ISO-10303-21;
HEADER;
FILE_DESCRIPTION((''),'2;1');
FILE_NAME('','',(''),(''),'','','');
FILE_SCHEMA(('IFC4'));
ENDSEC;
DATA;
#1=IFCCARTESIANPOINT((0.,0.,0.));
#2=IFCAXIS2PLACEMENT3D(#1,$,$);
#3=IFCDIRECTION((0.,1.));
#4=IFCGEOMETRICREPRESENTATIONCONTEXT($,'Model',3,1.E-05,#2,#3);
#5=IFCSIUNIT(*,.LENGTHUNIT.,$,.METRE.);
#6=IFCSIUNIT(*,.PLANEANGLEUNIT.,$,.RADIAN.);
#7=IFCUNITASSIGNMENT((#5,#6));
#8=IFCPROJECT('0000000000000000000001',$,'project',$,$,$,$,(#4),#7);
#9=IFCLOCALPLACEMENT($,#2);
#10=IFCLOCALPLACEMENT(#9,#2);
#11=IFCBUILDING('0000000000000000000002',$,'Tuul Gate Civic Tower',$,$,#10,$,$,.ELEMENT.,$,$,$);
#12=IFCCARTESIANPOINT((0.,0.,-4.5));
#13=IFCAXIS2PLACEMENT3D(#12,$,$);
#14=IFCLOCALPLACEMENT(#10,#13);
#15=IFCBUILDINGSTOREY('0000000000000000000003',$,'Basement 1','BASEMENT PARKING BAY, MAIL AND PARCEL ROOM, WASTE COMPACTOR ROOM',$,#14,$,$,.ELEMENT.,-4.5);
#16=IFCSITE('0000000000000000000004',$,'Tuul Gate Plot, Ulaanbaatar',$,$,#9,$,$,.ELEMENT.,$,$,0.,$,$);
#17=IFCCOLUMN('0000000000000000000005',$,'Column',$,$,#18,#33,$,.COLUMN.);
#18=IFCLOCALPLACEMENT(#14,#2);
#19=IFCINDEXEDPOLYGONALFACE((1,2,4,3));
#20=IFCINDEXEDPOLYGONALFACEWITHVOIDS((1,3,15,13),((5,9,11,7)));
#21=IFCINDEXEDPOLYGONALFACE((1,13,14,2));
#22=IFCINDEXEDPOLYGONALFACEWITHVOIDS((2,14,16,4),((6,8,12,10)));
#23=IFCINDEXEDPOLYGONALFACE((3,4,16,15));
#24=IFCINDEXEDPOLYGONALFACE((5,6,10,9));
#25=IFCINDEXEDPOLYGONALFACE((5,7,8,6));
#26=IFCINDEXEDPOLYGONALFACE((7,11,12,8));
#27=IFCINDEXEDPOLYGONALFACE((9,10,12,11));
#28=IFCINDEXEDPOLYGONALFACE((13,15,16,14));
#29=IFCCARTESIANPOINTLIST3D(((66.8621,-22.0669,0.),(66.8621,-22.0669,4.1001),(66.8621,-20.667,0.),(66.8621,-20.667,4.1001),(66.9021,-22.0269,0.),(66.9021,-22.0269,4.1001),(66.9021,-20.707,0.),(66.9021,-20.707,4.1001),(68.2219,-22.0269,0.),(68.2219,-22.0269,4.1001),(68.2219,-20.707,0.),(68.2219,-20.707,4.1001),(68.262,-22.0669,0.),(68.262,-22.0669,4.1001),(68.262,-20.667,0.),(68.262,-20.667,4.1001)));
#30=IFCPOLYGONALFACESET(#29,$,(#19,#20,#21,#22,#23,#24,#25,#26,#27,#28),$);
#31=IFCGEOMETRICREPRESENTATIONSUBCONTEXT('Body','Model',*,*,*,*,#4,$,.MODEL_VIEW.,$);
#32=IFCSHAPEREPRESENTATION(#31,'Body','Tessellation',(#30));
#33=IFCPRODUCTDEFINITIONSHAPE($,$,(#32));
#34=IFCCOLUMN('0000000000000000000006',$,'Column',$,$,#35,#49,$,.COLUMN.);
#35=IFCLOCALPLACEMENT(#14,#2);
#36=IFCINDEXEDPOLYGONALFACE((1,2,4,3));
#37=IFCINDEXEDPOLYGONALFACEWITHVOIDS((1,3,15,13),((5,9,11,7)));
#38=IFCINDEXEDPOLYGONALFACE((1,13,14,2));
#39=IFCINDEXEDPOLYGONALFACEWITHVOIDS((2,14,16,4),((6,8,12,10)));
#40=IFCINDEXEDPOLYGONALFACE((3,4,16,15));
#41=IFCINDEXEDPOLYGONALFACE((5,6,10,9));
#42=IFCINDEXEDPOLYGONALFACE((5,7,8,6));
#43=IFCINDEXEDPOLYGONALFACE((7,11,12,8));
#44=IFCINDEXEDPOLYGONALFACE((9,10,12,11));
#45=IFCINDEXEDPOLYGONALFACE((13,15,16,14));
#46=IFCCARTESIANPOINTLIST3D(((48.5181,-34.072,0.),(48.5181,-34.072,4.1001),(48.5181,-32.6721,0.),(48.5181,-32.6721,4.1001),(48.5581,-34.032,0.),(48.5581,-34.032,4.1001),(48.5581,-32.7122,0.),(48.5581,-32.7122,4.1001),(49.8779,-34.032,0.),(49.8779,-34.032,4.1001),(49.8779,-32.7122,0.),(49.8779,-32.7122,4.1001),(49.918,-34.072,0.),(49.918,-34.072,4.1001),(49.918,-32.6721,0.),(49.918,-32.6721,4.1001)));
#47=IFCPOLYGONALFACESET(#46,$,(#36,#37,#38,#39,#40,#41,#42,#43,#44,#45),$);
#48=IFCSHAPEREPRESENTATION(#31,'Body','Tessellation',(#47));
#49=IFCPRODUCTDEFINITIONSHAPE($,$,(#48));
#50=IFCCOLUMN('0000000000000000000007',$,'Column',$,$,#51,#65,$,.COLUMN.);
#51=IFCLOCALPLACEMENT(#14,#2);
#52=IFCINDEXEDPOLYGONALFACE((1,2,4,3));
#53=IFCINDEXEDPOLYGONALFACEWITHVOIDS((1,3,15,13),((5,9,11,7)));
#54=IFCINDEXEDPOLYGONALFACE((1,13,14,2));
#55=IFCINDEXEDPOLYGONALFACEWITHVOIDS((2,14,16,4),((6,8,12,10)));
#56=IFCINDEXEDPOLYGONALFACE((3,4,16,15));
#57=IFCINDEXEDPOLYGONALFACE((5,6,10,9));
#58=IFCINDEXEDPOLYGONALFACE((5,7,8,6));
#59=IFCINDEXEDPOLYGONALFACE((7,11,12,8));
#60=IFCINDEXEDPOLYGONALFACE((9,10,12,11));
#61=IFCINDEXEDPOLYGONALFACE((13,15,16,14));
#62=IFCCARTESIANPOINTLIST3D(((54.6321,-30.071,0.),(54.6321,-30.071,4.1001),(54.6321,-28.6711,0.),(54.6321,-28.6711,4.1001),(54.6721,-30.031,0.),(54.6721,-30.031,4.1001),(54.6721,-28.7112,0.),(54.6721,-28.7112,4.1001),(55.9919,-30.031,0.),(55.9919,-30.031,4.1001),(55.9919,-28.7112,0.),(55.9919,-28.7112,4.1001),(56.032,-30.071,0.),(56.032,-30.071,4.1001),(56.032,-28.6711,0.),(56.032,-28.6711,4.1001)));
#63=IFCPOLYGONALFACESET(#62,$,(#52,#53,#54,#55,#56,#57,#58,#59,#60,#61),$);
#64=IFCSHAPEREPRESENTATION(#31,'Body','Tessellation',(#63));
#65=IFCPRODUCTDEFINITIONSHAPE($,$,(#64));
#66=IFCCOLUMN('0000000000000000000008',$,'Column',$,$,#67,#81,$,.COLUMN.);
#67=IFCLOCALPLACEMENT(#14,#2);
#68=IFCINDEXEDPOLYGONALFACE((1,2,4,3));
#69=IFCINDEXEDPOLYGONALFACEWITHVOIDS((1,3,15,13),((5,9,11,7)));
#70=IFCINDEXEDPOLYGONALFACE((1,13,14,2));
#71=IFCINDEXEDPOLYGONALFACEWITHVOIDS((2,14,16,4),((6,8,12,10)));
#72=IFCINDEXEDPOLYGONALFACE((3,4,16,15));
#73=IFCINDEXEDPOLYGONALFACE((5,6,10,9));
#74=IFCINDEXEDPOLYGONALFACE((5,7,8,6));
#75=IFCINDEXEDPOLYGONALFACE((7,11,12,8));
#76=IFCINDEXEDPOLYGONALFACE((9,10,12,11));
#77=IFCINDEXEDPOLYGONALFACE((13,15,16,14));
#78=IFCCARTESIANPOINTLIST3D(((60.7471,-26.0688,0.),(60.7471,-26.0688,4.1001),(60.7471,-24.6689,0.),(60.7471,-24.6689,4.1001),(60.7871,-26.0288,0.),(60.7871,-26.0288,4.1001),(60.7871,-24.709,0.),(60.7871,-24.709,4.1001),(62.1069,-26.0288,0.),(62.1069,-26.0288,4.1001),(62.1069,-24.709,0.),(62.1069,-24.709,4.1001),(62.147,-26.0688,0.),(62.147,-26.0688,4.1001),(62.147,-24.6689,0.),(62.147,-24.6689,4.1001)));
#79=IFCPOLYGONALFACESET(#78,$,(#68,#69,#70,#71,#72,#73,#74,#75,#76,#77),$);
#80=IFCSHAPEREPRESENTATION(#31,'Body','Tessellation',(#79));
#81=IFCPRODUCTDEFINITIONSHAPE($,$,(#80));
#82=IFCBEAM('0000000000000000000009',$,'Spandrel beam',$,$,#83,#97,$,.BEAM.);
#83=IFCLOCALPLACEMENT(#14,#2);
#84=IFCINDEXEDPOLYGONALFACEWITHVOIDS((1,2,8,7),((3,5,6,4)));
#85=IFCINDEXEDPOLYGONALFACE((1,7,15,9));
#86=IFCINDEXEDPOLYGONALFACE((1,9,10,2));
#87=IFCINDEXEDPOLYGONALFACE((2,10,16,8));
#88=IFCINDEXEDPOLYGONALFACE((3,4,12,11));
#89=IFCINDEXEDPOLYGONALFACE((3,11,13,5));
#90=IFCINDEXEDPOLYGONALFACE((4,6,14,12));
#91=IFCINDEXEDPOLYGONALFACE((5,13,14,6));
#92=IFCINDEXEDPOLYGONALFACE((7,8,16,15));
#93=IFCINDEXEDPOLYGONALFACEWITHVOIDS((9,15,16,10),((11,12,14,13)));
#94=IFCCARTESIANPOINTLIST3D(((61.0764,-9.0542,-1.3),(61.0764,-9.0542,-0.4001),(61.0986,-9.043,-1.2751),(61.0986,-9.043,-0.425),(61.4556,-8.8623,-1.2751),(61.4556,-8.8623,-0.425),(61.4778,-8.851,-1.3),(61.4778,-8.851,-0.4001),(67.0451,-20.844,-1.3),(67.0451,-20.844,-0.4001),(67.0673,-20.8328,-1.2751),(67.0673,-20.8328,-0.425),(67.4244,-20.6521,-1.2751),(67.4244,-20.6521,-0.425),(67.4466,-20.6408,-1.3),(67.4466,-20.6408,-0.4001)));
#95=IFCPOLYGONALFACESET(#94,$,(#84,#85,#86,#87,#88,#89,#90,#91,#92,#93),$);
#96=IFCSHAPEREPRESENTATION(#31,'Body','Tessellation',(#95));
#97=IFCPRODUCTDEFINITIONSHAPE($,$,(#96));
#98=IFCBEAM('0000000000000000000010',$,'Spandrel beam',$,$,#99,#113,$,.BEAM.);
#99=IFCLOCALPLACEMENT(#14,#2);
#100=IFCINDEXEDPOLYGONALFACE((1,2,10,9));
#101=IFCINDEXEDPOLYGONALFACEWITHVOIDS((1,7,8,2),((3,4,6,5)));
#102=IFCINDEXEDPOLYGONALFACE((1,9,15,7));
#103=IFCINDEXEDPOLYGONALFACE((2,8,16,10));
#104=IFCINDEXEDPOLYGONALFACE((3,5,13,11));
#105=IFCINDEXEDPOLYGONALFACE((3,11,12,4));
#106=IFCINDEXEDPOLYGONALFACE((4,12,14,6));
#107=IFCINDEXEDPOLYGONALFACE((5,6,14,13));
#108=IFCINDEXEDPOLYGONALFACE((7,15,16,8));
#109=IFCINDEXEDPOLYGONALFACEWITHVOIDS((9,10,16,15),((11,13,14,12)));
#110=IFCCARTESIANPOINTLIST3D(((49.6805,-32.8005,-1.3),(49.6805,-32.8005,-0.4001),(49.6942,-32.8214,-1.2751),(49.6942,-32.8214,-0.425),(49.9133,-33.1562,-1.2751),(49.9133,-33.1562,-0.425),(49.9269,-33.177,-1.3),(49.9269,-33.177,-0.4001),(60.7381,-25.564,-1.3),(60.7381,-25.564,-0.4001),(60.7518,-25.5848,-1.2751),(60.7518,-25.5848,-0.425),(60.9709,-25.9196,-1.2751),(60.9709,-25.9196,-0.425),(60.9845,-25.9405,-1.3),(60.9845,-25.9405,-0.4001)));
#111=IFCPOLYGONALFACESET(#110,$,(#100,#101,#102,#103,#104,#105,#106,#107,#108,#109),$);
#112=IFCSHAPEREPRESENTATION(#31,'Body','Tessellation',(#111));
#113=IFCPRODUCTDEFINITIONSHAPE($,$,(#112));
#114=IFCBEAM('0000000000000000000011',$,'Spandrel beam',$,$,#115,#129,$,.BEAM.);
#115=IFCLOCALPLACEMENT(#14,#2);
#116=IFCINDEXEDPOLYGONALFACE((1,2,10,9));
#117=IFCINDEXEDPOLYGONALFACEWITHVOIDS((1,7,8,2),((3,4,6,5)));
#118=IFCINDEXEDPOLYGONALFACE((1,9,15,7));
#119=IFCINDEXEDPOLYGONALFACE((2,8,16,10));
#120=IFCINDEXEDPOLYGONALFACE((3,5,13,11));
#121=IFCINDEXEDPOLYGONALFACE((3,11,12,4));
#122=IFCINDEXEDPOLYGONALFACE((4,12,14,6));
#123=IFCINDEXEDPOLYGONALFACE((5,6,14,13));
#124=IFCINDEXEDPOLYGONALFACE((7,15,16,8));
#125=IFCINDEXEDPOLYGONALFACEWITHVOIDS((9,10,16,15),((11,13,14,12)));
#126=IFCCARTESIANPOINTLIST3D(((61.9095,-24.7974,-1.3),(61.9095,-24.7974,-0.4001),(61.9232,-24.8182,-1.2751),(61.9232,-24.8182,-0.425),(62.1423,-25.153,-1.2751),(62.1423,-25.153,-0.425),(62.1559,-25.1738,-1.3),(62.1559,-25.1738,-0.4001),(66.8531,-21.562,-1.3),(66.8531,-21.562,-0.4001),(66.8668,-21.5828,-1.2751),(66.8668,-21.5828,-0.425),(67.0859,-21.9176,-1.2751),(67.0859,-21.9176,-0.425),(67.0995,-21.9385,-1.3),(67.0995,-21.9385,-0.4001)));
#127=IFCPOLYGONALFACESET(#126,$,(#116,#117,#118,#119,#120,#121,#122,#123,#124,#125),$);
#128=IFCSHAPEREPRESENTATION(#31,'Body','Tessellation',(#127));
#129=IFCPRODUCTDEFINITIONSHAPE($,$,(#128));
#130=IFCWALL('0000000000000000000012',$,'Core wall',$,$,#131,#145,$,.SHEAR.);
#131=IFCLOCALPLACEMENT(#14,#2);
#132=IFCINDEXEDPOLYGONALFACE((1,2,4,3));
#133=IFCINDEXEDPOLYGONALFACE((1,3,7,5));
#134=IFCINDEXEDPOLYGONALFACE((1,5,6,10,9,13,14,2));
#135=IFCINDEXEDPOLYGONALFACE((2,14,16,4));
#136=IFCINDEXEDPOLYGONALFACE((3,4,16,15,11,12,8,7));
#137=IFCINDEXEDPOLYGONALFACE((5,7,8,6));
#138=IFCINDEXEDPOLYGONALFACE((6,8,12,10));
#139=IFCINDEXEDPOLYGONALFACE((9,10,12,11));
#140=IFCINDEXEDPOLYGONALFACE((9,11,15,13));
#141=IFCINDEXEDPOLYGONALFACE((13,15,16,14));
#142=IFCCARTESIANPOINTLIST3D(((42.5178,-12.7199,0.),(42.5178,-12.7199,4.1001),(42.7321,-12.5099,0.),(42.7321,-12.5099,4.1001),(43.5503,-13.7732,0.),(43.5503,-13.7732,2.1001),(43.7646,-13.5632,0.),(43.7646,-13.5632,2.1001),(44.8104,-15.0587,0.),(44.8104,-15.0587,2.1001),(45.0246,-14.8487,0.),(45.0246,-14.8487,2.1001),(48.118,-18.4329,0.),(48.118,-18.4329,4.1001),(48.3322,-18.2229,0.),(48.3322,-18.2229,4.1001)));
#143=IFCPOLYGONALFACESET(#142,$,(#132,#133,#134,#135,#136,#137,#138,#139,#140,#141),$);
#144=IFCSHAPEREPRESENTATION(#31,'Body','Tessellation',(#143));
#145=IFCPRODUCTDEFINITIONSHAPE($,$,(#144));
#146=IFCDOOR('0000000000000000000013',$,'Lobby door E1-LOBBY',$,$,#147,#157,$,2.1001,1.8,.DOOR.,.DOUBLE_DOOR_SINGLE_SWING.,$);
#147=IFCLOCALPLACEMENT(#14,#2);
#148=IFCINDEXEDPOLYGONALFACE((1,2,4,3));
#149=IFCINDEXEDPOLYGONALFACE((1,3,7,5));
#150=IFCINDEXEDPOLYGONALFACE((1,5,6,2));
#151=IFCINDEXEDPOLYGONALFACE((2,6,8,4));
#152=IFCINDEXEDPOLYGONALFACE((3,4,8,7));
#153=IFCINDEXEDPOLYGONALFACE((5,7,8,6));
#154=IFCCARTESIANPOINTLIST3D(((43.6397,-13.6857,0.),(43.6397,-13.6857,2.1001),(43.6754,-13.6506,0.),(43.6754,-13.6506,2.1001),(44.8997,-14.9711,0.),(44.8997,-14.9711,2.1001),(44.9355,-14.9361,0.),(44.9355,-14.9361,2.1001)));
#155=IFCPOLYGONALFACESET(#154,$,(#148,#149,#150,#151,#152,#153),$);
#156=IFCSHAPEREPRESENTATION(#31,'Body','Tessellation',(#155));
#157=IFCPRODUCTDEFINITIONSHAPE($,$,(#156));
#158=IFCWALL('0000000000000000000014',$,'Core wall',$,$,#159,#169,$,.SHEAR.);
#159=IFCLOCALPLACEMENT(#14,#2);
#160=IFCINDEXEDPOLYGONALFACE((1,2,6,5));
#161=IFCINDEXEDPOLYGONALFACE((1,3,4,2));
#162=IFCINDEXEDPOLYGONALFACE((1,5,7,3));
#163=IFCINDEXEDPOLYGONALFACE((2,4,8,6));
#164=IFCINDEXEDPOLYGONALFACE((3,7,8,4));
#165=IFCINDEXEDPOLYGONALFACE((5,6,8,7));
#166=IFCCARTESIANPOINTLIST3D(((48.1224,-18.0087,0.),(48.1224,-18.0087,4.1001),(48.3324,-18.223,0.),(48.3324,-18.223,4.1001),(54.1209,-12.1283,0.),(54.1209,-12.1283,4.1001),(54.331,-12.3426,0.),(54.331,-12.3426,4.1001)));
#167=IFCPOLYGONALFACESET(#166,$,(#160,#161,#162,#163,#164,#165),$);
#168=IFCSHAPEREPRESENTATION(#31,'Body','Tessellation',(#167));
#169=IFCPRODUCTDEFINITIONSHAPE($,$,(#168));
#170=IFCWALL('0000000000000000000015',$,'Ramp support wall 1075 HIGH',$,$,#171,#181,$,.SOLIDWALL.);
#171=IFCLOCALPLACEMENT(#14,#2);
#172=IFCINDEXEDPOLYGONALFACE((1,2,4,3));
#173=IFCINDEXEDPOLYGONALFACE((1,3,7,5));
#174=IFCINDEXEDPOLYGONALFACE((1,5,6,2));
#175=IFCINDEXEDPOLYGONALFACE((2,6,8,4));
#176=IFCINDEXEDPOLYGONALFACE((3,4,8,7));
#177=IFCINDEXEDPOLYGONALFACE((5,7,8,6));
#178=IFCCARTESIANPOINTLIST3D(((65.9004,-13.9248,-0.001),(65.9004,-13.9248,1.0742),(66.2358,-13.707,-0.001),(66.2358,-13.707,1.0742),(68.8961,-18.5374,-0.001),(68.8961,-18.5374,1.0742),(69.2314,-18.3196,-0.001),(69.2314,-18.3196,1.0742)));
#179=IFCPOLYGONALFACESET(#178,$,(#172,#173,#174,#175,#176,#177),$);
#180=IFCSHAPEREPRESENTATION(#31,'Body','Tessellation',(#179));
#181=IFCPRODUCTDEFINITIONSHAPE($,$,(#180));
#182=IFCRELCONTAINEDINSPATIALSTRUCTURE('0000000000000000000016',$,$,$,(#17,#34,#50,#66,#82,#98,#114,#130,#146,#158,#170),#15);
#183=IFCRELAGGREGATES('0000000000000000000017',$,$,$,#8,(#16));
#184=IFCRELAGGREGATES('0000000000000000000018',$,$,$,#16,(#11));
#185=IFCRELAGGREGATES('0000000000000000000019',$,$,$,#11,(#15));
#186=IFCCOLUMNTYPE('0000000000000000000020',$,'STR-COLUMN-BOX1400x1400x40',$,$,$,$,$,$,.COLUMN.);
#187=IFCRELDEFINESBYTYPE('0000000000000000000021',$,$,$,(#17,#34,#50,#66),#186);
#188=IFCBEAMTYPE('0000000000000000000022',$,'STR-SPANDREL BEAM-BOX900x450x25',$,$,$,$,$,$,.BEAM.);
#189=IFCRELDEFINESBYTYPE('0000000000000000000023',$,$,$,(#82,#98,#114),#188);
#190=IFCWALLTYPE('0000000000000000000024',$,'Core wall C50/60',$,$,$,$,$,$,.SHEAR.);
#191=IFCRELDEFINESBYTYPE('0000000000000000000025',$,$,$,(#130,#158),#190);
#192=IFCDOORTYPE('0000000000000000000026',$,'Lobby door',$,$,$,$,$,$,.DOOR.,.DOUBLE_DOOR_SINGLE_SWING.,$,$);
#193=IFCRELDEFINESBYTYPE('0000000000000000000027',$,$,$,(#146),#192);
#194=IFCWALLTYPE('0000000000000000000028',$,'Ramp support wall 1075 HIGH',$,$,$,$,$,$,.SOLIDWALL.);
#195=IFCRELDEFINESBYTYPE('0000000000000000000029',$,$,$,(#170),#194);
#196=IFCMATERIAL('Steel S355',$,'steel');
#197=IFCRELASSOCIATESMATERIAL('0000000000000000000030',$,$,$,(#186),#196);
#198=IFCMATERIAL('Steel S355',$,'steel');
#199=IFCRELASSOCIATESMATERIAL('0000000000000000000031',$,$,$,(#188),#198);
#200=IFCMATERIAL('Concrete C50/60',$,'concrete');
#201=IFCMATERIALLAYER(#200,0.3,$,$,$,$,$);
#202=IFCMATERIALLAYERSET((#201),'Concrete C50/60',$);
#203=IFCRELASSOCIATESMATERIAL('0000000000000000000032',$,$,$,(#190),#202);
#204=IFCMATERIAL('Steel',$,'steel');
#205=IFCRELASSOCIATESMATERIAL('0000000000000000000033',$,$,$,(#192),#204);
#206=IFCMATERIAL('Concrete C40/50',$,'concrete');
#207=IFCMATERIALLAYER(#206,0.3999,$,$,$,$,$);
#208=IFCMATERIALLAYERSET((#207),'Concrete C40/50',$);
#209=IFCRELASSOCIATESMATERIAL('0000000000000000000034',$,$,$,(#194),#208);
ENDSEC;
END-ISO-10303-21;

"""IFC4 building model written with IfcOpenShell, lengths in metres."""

from ifc_helpers import new_model, si_unit, direction, frame, frame_2d, origin, origin_2d, place, context, subcontext, project, spatial, rectangle, hollow_rectangle, extrude, material, layer, layer_set, material_profile, profile_set, type_object, element, fill, save


model = new_model("IFC4")

# Units and contexts
model_context = context("Model", 3, precision=1e-05, world=origin(), true_north=direction((0.0, 1.0)))
body_context = subcontext(model_context, "Body", "Model", "MODEL_VIEW")
ifc_project = project(units=[si_unit("LENGTHUNIT", "METRE"), si_unit("PLANEANGLEUNIT", "RADIAN")], contexts=[model_context])

# Site, building, storey
site_placement = place(None, origin())
site = spatial("IfcSite", under=ifc_project, at=site_placement, Name="Tuul Gate Plot, Ulaanbaatar", CompositionType="ELEMENT", RefElevation=0.0)
building_placement = place(site_placement, origin())
building = spatial("IfcBuilding", under=site, at=building_placement, Name="Tuul Gate Civic Tower", CompositionType="ELEMENT")
storey_placement = place(building_placement, frame((0.0, 0.0, -4.5)))
storey = spatial("IfcBuildingStorey", under=building, at=storey_placement, Name="Basement 1", Description="BASEMENT PARKING BAY, MAIL AND PARCEL ROOM, WASTE COMPACTOR ROOM", CompositionType="ELEMENT", Elevation=-4.5)

# Columns
ifc_material_1 = material(Name="Steel S355", Category="steel")
ifc_material_profile_1 = material_profile(ifc_material_1, hollow_rectangle(XDim=1.3999, YDim=1.3999, WallThickness=0.04, at=origin_2d()), Name="BOX1400x1400x40")
ifc_profile_set_1 = profile_set([ifc_material_profile_1], Name="Steel S355")
column_type = type_object("IfcColumnType", Name="STR-COLUMN-BOX1400x1400x40", PredefinedType="COLUMN", material=ifc_profile_set_1)
for number, where, z_axis, x_axis, name in (
    (1, (67.562, -21.3669, 0.0), (0.0, 0.0, 1.0), (1.0, 0.0, 0.0), "Column"),
    (2, (49.218, -33.3721, 0.0), (0.0, 0.0, 1.0), (1.0, 0.0, 0.0), "Column"),
    (3, (55.332, -29.3711, 0.0), (0.0, 0.0, 1.0), (1.0, 0.0, 0.0), "Column"),
    (4, (61.447, -25.3689, 0.0), (0.0, 0.0, 1.0), (1.0, 0.0, 0.0), "Column"),
):
    element("IfcColumn", number, at=place(storey_placement, frame(where, z_axis=z_axis, x_axis=x_axis)), inside=storey, type_object=column_type, Name=name, PredefinedType="COLUMN", context=body_context, shape_type="SweptSolid", body=[
        extrude(hollow_rectangle(XDim=1.3999, YDim=1.3999, WallThickness=0.04, at=origin_2d()), origin(), (0.0, 0.0, 1.0), 4.1001),
    ])

# Beams
ifc_material_2 = material(Name="Steel S355", Category="steel")
ifc_material_profile_2 = material_profile(ifc_material_2, hollow_rectangle(XDim=0.45, YDim=0.8999, WallThickness=0.0249, at=origin_2d()), Name="BOX900x450x25")
ifc_profile_set_2 = profile_set([ifc_material_profile_2], Name="Steel S355")
beam_type = type_object("IfcBeamType", Name="STR-SPANDREL BEAM-BOX900x450x25", PredefinedType="BEAM", material=ifc_profile_set_2)
beam_1_placement = place(storey_placement, frame((67.2458, -20.7424, -0.8501), z_axis=(-0.451679, 0.892181, 0.0), x_axis=(-0.892181, -0.451679, 0.0)))
element("IfcBeam", 5, at=beam_1_placement, inside=storey, type_object=beam_type, Name="Spandrel beam", PredefinedType="BEAM", context=body_context, shape_type="SweptSolid", body=[
    extrude(hollow_rectangle(XDim=0.45, YDim=0.8999, WallThickness=0.0249, at=origin_2d()), origin(), (0.0, 0.0, 1.0), 13.2146),
])
beam_2_placement = place(storey_placement, frame((49.8037, -32.9888, -0.8501), z_axis=(0.836741, 0.547599, 0.0), x_axis=(-0.547599, 0.836741, 0.0)))
element("IfcBeam", 6, at=beam_2_placement, inside=storey, type_object=beam_type, Name="Spandrel beam", PredefinedType="BEAM", context=body_context, shape_type="SweptSolid", body=[
    extrude(hollow_rectangle(XDim=0.45, YDim=0.8999, WallThickness=0.0249, at=origin_2d()), origin(), (0.0, 0.0, 1.0), 13.2151),
])
beam_3_placement = place(storey_placement, frame((62.0327, -24.9856, -0.8501), z_axis=(0.836737, 0.547604, 0.0), x_axis=(-0.547604, 0.836737, 0.0)))
element("IfcBeam", 7, at=beam_3_placement, inside=storey, type_object=beam_type, Name="Spandrel beam", PredefinedType="BEAM", context=body_context, shape_type="SweptSolid", body=[
    extrude(hollow_rectangle(XDim=0.45, YDim=0.8999, WallThickness=0.0249, at=origin_2d()), origin(), (0.0, 0.0, 1.0), 5.9082),
])

# Wall, opening, door
ifc_material_3 = material(Name="Concrete C50/60", Category="concrete")
ifc_layer_1 = layer(ifc_material_3, 0.3)
ifc_layer_set_1 = layer_set([ifc_layer_1], Name="Concrete C50/60")
wall_type_1 = type_object("IfcWallType", Name="Core wall C50/60", PredefinedType="SHEAR", material=ifc_layer_set_1)
wall_1_placement = place(storey_placement, frame((48.2251, -18.3279, 0.0), z_axis=(0.0, 0.0, 1.0), x_axis=(-0.700022, 0.714121, 0.0)))
wall_1 = element("IfcWall", 8, at=wall_1_placement, inside=storey, type_object=wall_type_1, Name="Core wall", PredefinedType="SHEAR", context=body_context, shape_type="SweptSolid", body=[
    extrude(rectangle(XDim=8.0, YDim=0.3, at=frame_2d((4.0, 0.0))), origin(), (0.0, 0.0, 1.0), 4.1001),
])
opening_1_placement = place(wall_1_placement, frame((4.7251, 0.0, 0.0)))
opening_1 = element("IfcOpeningElement", 9, at=opening_1_placement, cuts=wall_1, PredefinedType="OPENING", context=body_context, shape_type="SweptSolid", body=[
    extrude(rectangle(XDim=1.8, YDim=2.1001, at=frame_2d((0.8999, 1.05))), frame((0.0, 0.1602, 0.0), z_axis=(0.0, -1.0, 0.0), x_axis=(1.0, 0.0, 0.0)), (0.0, 0.0, 1.0), 0.3201),
])
ifc_material_4 = material(Name="Steel", Category="steel")
door_type_1 = type_object("IfcDoorType", Name="Lobby door", OperationType="DOUBLE_DOOR_SINGLE_SWING", PredefinedType="DOOR", material=ifc_material_4)
door_1_placement = place(opening_1_placement, origin())
door_1 = element("IfcDoor", 10, at=door_1_placement, inside=storey, type_object=door_type_1, Name="Lobby door E1-LOBBY", OperationType="DOUBLE_DOOR_SINGLE_SWING", OverallHeight=2.1001, OverallWidth=1.8, PredefinedType="DOOR", context=body_context, shape_type="SweptSolid", body=[
    extrude(rectangle(XDim=1.8, YDim=2.1001, at=frame_2d((0.8999, 1.05))), frame((0.0, 0.0249, 0.0), z_axis=(0.0, -1.0, 0.0), x_axis=(1.0, 0.0, 0.0)), (0.0, 0.0, 1.0), 0.05),
])
fill(opening_1, door_1)

# Walls
wall_2_placement = place(storey_placement, frame((48.2273, -18.116, 0.0), z_axis=(0.0, 0.0, 1.0), x_axis=(0.714105, 0.700038, 0.0)))
element("IfcWall", 11, at=wall_2_placement, inside=storey, type_object=wall_type_1, Name="Core wall", PredefinedType="SHEAR", context=body_context, shape_type="SweptSolid", body=[
    extrude(rectangle(XDim=8.4001, YDim=0.3, at=frame_2d((4.2002, 0.0))), origin(), (0.0, 0.0, 1.0), 4.1001),
])
ifc_material_5 = material(Name="Concrete C40/50", Category="concrete")
ifc_layer_2 = layer(ifc_material_5, 0.3999)
ifc_layer_set_2 = layer_set([ifc_layer_2], Name="Concrete C40/50")
wall_type_2 = type_object("IfcWallType", Name="Ramp support wall 1075 HIGH", PredefinedType="SOLIDWALL", material=ifc_layer_set_2)
wall_3_placement = place(storey_placement, frame((66.0681, -13.8159, -0.001), z_axis=(0.0, 0.0, 1.0), x_axis=(0.544662, -0.838656, 0.0)))
element("IfcWall", 12, at=wall_3_placement, inside=storey, type_object=wall_type_2, Name="Ramp support wall 1075 HIGH", PredefinedType="SOLIDWALL", context=body_context, shape_type="SweptSolid", body=[
    extrude(rectangle(XDim=5.5, YDim=0.3999, at=frame_2d((2.75, 0.0))), origin(), (0.0, 0.0, 1.0), 1.0752),
])

save(model, "model.ifc")
